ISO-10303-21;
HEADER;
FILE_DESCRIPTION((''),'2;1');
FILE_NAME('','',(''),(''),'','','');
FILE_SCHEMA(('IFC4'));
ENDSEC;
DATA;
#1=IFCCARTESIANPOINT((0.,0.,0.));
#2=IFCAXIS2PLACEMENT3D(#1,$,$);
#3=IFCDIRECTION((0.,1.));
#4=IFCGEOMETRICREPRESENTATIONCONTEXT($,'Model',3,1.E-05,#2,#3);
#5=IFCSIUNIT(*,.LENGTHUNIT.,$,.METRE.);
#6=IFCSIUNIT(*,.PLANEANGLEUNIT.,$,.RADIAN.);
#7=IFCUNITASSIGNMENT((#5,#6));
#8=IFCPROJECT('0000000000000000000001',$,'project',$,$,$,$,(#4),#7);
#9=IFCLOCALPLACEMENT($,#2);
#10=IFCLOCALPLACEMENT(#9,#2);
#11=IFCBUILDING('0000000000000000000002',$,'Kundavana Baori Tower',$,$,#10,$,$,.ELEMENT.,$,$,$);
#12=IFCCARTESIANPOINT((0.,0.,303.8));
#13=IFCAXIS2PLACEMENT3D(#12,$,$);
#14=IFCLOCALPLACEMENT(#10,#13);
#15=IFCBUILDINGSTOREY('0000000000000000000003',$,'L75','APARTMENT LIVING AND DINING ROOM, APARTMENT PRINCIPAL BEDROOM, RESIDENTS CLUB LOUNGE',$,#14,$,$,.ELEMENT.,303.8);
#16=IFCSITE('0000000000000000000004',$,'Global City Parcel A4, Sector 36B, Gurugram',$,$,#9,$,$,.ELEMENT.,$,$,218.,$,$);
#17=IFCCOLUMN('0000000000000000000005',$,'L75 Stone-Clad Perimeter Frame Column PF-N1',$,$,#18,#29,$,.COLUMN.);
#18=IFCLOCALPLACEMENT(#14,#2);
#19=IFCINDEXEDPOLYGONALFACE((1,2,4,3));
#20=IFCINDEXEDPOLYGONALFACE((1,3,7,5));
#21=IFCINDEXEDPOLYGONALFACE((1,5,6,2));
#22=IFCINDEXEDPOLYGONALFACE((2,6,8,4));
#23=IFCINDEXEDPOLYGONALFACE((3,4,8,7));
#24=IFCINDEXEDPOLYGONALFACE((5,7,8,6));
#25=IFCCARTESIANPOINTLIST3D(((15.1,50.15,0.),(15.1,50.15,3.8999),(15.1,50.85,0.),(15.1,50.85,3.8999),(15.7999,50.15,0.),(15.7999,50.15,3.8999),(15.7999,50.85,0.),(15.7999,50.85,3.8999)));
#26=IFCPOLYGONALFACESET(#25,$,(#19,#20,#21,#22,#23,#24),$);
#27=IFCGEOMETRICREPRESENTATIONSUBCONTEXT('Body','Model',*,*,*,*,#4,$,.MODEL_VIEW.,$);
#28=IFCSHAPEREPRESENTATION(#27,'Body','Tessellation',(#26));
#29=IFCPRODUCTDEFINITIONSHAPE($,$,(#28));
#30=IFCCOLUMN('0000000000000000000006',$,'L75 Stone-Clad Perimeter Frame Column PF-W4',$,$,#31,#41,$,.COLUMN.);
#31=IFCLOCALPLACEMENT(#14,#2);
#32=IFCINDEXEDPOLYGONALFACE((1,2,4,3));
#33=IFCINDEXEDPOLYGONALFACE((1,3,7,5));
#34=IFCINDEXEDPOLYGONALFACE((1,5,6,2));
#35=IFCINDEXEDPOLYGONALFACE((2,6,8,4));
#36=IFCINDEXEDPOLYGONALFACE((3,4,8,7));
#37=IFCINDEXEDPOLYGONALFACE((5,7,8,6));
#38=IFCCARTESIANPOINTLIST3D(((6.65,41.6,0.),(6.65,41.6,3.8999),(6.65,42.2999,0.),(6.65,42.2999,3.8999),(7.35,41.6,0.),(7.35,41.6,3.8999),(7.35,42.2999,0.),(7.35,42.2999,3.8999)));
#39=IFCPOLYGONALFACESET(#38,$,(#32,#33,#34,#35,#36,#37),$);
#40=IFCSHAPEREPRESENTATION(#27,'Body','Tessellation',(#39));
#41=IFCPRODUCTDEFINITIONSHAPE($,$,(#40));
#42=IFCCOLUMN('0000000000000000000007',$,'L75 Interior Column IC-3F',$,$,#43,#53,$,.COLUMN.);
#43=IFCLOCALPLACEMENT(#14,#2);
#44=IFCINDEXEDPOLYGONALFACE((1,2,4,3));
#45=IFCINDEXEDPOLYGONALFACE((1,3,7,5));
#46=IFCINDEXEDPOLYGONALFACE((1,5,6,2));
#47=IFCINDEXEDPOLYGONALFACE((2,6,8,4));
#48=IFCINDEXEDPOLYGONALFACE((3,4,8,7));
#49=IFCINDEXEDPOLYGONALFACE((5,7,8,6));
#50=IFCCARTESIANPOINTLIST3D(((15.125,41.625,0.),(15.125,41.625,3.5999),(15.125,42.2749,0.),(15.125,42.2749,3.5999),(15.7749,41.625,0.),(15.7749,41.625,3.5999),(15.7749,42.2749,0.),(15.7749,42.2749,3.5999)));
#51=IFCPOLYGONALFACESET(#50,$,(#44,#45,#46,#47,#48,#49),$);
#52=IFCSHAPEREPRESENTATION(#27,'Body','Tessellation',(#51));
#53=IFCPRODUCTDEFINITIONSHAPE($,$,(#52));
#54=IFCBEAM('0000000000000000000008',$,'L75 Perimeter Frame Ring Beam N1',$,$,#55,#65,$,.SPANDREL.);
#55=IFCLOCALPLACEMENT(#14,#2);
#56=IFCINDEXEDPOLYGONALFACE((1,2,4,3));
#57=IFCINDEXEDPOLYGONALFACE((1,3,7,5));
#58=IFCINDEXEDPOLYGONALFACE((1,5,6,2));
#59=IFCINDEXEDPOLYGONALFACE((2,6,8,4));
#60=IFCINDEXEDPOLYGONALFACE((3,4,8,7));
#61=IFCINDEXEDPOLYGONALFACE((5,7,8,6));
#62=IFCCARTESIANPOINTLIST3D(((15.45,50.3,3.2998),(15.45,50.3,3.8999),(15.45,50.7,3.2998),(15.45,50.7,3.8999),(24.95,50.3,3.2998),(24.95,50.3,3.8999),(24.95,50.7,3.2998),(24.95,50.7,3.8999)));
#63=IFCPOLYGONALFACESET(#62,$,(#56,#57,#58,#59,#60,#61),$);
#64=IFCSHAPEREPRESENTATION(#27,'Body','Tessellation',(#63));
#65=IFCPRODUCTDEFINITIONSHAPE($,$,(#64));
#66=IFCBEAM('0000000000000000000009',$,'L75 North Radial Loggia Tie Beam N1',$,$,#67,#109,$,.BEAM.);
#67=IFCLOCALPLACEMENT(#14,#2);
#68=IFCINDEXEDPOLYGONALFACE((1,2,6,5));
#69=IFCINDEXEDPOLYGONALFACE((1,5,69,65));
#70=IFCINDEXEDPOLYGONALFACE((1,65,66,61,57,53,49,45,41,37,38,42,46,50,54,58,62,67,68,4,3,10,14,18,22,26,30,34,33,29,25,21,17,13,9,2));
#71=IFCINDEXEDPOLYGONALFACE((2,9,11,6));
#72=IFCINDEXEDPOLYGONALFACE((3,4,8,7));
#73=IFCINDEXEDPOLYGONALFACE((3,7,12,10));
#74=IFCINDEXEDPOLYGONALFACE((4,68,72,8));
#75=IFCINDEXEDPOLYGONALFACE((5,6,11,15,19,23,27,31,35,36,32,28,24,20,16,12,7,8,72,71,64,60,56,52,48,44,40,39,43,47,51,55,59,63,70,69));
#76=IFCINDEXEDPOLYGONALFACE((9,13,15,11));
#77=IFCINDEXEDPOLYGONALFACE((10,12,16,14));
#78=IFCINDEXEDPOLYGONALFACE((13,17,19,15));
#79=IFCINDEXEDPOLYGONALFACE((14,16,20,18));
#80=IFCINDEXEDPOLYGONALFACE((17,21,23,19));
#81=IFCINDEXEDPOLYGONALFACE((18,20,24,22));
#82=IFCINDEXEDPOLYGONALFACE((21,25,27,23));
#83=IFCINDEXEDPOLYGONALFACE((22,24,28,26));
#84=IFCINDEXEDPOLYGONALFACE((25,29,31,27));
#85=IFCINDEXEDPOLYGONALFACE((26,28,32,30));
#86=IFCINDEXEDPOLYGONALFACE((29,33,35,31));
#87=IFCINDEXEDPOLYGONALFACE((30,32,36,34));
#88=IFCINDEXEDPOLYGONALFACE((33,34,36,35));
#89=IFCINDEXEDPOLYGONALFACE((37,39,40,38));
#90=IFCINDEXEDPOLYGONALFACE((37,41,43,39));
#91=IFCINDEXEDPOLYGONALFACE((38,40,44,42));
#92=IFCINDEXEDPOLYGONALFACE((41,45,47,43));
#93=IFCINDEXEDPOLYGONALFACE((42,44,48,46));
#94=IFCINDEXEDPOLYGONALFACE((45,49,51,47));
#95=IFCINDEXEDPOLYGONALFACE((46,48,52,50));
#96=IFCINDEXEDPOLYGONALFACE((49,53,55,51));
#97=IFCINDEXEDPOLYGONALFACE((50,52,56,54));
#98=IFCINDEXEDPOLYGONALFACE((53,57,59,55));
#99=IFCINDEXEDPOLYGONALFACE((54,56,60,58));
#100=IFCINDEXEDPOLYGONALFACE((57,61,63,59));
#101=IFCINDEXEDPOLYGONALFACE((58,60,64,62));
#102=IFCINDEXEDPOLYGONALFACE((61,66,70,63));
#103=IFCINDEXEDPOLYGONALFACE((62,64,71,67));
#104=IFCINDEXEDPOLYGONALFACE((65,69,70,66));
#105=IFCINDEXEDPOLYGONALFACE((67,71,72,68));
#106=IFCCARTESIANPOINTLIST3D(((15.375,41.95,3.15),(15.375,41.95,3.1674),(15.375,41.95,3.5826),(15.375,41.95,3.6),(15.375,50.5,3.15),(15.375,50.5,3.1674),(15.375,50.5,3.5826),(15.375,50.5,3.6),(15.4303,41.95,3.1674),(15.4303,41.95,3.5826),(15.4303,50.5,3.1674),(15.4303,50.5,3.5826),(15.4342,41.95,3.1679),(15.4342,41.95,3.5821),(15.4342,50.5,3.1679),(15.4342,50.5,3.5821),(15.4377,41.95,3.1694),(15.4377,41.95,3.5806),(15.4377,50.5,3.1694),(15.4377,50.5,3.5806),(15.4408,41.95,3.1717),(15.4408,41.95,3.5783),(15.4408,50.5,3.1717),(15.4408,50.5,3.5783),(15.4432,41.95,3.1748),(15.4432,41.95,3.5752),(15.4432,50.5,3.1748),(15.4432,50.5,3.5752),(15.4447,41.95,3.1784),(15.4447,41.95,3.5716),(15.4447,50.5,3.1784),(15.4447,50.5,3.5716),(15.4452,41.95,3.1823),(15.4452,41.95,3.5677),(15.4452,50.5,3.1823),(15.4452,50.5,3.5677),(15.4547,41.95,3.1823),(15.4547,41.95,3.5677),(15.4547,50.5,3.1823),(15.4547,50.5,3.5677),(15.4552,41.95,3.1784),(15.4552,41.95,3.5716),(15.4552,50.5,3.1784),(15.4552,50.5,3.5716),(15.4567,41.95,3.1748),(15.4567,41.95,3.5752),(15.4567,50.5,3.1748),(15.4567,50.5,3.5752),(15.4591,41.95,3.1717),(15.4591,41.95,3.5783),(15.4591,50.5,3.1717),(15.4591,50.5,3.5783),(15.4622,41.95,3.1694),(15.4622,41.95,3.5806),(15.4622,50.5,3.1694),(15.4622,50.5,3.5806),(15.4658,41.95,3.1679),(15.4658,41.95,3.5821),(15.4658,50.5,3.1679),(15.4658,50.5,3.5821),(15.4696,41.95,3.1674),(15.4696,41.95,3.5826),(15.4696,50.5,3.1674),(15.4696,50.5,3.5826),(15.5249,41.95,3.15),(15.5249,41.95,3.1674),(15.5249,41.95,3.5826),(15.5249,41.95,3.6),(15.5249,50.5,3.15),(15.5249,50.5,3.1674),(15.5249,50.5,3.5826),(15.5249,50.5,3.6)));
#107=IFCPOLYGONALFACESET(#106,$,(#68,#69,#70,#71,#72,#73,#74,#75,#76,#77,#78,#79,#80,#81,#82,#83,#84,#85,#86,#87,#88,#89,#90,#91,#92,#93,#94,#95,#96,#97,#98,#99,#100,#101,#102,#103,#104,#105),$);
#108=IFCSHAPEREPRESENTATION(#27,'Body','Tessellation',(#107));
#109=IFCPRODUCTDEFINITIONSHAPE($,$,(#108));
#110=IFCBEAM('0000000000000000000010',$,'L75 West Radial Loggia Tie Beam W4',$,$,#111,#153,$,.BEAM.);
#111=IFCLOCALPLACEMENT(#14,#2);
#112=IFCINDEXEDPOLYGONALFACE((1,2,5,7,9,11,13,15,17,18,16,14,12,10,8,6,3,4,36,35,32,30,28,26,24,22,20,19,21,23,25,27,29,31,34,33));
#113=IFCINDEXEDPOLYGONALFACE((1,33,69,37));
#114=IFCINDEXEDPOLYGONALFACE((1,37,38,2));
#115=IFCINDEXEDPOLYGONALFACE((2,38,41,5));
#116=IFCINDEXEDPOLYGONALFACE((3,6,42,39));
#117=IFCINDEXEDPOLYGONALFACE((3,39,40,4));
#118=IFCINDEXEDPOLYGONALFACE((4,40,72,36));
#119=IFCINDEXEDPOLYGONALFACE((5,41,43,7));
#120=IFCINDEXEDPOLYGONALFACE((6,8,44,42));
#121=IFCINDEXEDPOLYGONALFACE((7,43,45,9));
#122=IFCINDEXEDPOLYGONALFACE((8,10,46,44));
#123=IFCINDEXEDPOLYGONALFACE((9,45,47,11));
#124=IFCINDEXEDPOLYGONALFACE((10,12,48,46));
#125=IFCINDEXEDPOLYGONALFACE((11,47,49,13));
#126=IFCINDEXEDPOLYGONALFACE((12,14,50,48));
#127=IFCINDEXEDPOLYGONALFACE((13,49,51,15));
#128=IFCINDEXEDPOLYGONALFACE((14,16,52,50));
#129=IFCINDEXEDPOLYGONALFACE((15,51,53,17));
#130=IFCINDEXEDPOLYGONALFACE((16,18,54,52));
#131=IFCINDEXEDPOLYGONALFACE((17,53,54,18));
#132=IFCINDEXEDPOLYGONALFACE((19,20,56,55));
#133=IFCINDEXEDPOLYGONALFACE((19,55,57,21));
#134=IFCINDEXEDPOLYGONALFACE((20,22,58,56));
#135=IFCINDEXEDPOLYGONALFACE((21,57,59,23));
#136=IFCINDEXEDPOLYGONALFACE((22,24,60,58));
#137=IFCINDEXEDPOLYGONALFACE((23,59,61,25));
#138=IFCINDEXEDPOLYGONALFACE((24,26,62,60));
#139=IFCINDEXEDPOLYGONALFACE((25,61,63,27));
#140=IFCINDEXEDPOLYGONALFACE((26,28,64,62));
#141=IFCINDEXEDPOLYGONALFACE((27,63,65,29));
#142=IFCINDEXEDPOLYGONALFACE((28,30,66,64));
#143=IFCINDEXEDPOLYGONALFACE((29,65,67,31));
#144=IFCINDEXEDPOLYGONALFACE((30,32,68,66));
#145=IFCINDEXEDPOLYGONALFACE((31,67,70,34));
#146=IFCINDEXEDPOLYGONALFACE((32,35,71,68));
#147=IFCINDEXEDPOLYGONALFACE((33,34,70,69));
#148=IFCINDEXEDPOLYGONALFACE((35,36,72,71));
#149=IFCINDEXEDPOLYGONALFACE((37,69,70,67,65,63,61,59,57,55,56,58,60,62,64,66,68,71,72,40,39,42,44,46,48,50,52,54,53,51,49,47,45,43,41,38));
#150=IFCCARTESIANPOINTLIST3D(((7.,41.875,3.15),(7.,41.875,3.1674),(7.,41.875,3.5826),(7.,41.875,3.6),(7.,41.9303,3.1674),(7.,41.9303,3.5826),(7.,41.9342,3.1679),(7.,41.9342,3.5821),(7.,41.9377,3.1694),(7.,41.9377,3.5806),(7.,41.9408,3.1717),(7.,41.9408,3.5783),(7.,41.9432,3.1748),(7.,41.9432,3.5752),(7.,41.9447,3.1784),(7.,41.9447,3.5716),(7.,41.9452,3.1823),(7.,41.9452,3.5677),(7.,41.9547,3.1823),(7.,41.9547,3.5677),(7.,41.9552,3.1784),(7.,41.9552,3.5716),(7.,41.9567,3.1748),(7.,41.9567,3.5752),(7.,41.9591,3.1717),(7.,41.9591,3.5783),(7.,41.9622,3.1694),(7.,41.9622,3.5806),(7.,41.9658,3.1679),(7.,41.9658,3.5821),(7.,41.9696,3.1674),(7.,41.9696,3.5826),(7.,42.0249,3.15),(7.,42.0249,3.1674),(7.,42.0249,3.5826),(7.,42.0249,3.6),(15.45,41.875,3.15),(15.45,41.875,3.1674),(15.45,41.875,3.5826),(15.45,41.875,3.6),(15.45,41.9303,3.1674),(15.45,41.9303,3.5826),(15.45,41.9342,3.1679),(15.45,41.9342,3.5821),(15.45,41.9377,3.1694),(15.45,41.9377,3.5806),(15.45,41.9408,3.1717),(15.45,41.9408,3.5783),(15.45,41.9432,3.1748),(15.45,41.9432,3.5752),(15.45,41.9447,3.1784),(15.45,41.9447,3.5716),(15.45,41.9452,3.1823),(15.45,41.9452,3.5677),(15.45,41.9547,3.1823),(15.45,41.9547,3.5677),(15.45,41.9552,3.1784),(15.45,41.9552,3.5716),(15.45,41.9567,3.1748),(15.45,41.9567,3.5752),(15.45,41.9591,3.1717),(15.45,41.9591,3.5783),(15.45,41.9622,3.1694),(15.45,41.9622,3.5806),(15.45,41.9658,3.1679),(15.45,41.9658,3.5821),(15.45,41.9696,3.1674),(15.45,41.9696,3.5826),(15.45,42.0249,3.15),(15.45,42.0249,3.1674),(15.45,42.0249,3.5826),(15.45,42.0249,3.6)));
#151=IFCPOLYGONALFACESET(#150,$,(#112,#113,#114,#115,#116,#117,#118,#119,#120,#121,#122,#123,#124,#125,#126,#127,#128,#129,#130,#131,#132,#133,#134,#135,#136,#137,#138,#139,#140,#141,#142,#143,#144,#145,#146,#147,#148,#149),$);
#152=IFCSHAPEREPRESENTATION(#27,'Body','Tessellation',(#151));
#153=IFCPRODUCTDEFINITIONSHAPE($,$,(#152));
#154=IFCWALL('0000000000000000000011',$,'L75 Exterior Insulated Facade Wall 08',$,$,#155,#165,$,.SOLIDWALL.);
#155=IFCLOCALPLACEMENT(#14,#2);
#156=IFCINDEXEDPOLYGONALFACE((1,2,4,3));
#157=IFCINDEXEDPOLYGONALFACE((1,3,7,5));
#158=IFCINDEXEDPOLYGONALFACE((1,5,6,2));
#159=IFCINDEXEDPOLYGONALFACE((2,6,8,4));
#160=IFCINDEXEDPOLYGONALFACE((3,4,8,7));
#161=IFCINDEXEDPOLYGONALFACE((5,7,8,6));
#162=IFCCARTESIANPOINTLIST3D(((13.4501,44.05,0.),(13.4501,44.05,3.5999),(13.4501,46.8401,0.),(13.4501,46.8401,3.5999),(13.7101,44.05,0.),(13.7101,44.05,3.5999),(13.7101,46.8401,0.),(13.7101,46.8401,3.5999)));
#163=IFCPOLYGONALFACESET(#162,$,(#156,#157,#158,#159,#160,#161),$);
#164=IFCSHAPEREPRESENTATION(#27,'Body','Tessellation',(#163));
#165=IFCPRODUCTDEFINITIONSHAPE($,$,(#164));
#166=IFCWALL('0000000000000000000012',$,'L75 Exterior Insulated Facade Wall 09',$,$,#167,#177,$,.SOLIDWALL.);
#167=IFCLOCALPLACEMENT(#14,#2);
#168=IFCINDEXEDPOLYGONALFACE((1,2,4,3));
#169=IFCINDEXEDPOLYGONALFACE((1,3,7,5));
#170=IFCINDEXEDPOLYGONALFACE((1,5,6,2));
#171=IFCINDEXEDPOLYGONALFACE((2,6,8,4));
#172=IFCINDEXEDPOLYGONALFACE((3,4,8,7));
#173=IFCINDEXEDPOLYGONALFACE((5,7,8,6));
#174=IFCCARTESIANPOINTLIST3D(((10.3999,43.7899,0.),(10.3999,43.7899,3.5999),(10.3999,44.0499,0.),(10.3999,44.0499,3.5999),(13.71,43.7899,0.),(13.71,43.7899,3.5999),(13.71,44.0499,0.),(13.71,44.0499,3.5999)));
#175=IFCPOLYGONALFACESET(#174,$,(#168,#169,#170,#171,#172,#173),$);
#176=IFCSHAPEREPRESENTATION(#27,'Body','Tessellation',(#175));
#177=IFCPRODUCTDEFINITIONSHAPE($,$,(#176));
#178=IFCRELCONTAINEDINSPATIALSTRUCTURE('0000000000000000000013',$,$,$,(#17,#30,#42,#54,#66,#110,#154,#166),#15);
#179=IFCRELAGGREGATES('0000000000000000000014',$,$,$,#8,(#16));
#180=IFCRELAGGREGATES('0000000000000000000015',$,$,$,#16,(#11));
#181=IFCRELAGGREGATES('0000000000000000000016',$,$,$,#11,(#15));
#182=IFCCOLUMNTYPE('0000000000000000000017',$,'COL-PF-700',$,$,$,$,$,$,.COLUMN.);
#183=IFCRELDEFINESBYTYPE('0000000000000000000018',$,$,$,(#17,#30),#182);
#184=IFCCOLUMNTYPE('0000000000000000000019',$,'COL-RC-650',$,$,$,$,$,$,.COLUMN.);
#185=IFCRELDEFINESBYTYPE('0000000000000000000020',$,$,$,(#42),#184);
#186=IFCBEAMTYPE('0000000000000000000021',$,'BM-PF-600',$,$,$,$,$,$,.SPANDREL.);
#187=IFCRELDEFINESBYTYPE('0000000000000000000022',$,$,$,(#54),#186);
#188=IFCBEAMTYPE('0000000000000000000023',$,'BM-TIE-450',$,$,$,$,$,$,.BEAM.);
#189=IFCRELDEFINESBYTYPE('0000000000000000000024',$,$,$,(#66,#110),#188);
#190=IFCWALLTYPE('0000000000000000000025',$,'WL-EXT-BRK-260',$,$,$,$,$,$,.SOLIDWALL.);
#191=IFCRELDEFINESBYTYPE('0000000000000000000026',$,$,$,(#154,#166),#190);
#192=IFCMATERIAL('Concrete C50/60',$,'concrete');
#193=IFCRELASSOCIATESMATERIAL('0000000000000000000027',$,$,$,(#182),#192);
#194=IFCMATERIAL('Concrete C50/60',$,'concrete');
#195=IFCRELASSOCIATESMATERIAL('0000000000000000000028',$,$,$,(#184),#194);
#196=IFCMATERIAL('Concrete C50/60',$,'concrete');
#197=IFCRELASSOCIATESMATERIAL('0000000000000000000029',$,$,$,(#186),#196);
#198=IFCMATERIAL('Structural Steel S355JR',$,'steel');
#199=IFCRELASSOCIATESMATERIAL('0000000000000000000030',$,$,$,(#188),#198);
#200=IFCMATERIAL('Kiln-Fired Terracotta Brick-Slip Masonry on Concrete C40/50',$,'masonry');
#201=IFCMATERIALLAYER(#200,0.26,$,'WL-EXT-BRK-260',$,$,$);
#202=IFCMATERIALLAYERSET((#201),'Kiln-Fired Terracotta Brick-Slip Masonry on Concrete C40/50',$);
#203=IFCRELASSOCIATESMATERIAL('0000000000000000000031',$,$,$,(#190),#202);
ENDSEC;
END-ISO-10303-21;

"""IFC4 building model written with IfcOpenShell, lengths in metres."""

from ifc_helpers import new_model, si_unit, direction, frame, frame_2d, origin, origin_2d, place, context, subcontext, project, spatial, rectangle, i_section, extrude, material, layer, layer_set, material_profile, profile_set, type_object, element, save


model = new_model("IFC4")

# Units and contexts
model_context = context("Model", 3, precision=1e-05, world=origin(), true_north=direction((0.0, 1.0)))
body_context = subcontext(model_context, "Body", "Model", "MODEL_VIEW")
ifc_project = project(units=[si_unit("LENGTHUNIT", "METRE"), si_unit("PLANEANGLEUNIT", "RADIAN")], contexts=[model_context])

# Site, building, storey
site_placement = place(None, origin())
site = spatial("IfcSite", under=ifc_project, at=site_placement, Name="Global City Parcel A4, Sector 36B, Gurugram", CompositionType="ELEMENT", RefElevation=218.0)
building_placement = place(site_placement, origin())
building = spatial("IfcBuilding", under=site, at=building_placement, Name="Kundavana Baori Tower", CompositionType="ELEMENT")
storey_placement = place(building_placement, frame((0.0, 0.0, 303.8)))
storey = spatial("IfcBuildingStorey", under=building, at=storey_placement, Name="L75", Description="APARTMENT LIVING AND DINING ROOM, APARTMENT PRINCIPAL BEDROOM, RESIDENTS CLUB LOUNGE", CompositionType="ELEMENT", Elevation=303.8)

# Columns
ifc_material_1 = material(Name="Concrete C50/60", Category="concrete")
ifc_material_profile_1 = material_profile(ifc_material_1, rectangle(XDim=0.7, YDim=0.7, at=origin_2d()), Name="RC PF 700x700")
ifc_profile_set_1 = profile_set([ifc_material_profile_1], Name="Concrete C50/60")
column_type_1 = type_object("IfcColumnType", Name="COL-PF-700", PredefinedType="COLUMN", material=ifc_profile_set_1)
for number, where, z_axis, x_axis, name in (
    (1, (15.45, 50.5, 0.0), (0.0, 0.0, 1.0), (1.0, 0.0, 0.0), "L75 Stone-Clad Perimeter Frame Column PF-N1"),
    (2, (7.0, 41.95, 0.0), (0.0, 0.0, 1.0), (1.0, 0.0, 0.0), "L75 Stone-Clad Perimeter Frame Column PF-W4"),
):
    element("IfcColumn", number, at=place(storey_placement, frame(where, z_axis=z_axis, x_axis=x_axis)), inside=storey, type_object=column_type_1, Name=name, PredefinedType="COLUMN", context=body_context, shape_type="SweptSolid", body=[
        extrude(rectangle(XDim=0.7, YDim=0.7, at=origin_2d()), origin(), (0.0, 0.0, 1.0), 3.8999),
    ])
ifc_material_2 = material(Name="Concrete C50/60", Category="concrete")
ifc_material_profile_2 = material_profile(ifc_material_2, rectangle(XDim=0.6499, YDim=0.6499, at=origin_2d()), Name="RC 650x650")
ifc_profile_set_2 = profile_set([ifc_material_profile_2], Name="Concrete C50/60")
column_type_2 = type_object("IfcColumnType", Name="COL-RC-650", PredefinedType="COLUMN", material=ifc_profile_set_2)
column_placement = place(storey_placement, frame((15.45, 41.95, 0.0), z_axis=(0.0, 0.0, 1.0), x_axis=(1.0, 0.0, 0.0)))
element("IfcColumn", 3, at=column_placement, inside=storey, type_object=column_type_2, Name="L75 Interior Column IC-3F", PredefinedType="COLUMN", context=body_context, shape_type="SweptSolid", body=[
    extrude(rectangle(XDim=0.6499, YDim=0.6499, at=origin_2d()), origin(), (0.0, 0.0, 1.0), 3.5999),
])

# Beams
ifc_material_3 = material(Name="Concrete C50/60", Category="concrete")
ifc_material_profile_3 = material_profile(ifc_material_3, rectangle(XDim=0.3999, YDim=0.6001, at=origin_2d()), Name="RC BM 400x600")
ifc_profile_set_3 = profile_set([ifc_material_profile_3], Name="Concrete C50/60")
beam_type_1 = type_object("IfcBeamType", Name="BM-PF-600", PredefinedType="SPANDREL", material=ifc_profile_set_3)
beam_1_placement = place(storey_placement, frame((15.45, 50.5, 3.5999), z_axis=(1.0, 0.0, 0.0), x_axis=(0.0, 1.0, 0.0)))
element("IfcBeam", 4, at=beam_1_placement, inside=storey, type_object=beam_type_1, Name="L75 Perimeter Frame Ring Beam N1", PredefinedType="SPANDREL", context=body_context, shape_type="SweptSolid", body=[
    extrude(rectangle(XDim=0.3999, YDim=0.6001, at=origin_2d()), origin(), (0.0, 0.0, 1.0), 9.5),
])
ifc_material_4 = material(Name="Structural Steel S355JR", Category="steel")
ifc_material_profile_4 = material_profile(ifc_material_4, i_section(OverallWidth=0.1499, OverallDepth=0.45, WebThickness=0.0095, FlangeThickness=0.0173, FilletRadius=0.0149, at=origin_2d()), Name="ISMB 450")
ifc_profile_set_4 = profile_set([ifc_material_profile_4], Name="Structural Steel S355JR")
beam_type_2 = type_object("IfcBeamType", Name="BM-TIE-450", PredefinedType="BEAM", material=ifc_profile_set_4)
beam_2_placement = place(storey_placement, frame((15.45, 41.95, 3.375), z_axis=(0.0, 1.0, 0.0), x_axis=(-1.0, 0.0, 0.0)))
element("IfcBeam", 5, at=beam_2_placement, inside=storey, type_object=beam_type_2, Name="L75 North Radial Loggia Tie Beam N1", PredefinedType="BEAM", context=body_context, shape_type="SweptSolid", body=[
    extrude(i_section(OverallWidth=0.1499, OverallDepth=0.45, WebThickness=0.0095, FlangeThickness=0.0173, FilletRadius=0.0149, at=origin_2d()), origin(), (0.0, 0.0, 1.0), 8.55),
])
beam_3_placement = place(storey_placement, frame((15.45, 41.95, 3.375), z_axis=(-1.0, 0.0, 0.0), x_axis=(0.0, -1.0, 0.0)))
element("IfcBeam", 6, at=beam_3_placement, inside=storey, type_object=beam_type_2, Name="L75 West Radial Loggia Tie Beam W4", PredefinedType="BEAM", context=body_context, shape_type="SweptSolid", body=[
    extrude(i_section(OverallWidth=0.1499, OverallDepth=0.45, WebThickness=0.0095, FlangeThickness=0.0173, FilletRadius=0.0149, at=origin_2d()), origin(), (0.0, 0.0, 1.0), 8.45),
])

# Walls
ifc_material_5 = material(Name="Kiln-Fired Terracotta Brick-Slip Masonry on Concrete C40/50", Category="masonry")
ifc_layer_1 = layer(ifc_material_5, 0.26, Name="WL-EXT-BRK-260")
ifc_layer_set_1 = layer_set([ifc_layer_1], Name="Kiln-Fired Terracotta Brick-Slip Masonry on Concrete C40/50")
wall_type_1 = type_object("IfcWallType", Name="WL-EXT-BRK-260", PredefinedType="SOLIDWALL", material=ifc_layer_set_1)
wall_1_placement = place(storey_placement, frame((13.5801, 46.8401, 0.0), z_axis=(0.0, 0.0, 1.0), x_axis=(0.0, -1.0, 0.0)))
element("IfcWall", 7, at=wall_1_placement, inside=storey, type_object=wall_type_1, Name="L75 Exterior Insulated Facade Wall 08", PredefinedType="SOLIDWALL", context=body_context, shape_type="SweptSolid", body=[
    extrude(rectangle(XDim=2.79, YDim=0.26, at=frame_2d((1.395, 0.0))), origin(), (0.0, 0.0, 1.0), 3.5999),
])
wall_2_placement = place(storey_placement, frame((13.71, 43.9199, 0.0), z_axis=(0.0, 0.0, 1.0), x_axis=(-1.0, 0.0, 0.0)))
element("IfcWall", 8, at=wall_2_placement, inside=storey, type_object=wall_type_1, Name="L75 Exterior Insulated Facade Wall 09", PredefinedType="SOLIDWALL", context=body_context, shape_type="SweptSolid", body=[
    extrude(rectangle(XDim=3.3101, YDim=0.26, at=frame_2d((1.655, 0.0))), origin(), (0.0, 0.0, 1.0), 3.5999),
])

save(model, "model.ifc")
